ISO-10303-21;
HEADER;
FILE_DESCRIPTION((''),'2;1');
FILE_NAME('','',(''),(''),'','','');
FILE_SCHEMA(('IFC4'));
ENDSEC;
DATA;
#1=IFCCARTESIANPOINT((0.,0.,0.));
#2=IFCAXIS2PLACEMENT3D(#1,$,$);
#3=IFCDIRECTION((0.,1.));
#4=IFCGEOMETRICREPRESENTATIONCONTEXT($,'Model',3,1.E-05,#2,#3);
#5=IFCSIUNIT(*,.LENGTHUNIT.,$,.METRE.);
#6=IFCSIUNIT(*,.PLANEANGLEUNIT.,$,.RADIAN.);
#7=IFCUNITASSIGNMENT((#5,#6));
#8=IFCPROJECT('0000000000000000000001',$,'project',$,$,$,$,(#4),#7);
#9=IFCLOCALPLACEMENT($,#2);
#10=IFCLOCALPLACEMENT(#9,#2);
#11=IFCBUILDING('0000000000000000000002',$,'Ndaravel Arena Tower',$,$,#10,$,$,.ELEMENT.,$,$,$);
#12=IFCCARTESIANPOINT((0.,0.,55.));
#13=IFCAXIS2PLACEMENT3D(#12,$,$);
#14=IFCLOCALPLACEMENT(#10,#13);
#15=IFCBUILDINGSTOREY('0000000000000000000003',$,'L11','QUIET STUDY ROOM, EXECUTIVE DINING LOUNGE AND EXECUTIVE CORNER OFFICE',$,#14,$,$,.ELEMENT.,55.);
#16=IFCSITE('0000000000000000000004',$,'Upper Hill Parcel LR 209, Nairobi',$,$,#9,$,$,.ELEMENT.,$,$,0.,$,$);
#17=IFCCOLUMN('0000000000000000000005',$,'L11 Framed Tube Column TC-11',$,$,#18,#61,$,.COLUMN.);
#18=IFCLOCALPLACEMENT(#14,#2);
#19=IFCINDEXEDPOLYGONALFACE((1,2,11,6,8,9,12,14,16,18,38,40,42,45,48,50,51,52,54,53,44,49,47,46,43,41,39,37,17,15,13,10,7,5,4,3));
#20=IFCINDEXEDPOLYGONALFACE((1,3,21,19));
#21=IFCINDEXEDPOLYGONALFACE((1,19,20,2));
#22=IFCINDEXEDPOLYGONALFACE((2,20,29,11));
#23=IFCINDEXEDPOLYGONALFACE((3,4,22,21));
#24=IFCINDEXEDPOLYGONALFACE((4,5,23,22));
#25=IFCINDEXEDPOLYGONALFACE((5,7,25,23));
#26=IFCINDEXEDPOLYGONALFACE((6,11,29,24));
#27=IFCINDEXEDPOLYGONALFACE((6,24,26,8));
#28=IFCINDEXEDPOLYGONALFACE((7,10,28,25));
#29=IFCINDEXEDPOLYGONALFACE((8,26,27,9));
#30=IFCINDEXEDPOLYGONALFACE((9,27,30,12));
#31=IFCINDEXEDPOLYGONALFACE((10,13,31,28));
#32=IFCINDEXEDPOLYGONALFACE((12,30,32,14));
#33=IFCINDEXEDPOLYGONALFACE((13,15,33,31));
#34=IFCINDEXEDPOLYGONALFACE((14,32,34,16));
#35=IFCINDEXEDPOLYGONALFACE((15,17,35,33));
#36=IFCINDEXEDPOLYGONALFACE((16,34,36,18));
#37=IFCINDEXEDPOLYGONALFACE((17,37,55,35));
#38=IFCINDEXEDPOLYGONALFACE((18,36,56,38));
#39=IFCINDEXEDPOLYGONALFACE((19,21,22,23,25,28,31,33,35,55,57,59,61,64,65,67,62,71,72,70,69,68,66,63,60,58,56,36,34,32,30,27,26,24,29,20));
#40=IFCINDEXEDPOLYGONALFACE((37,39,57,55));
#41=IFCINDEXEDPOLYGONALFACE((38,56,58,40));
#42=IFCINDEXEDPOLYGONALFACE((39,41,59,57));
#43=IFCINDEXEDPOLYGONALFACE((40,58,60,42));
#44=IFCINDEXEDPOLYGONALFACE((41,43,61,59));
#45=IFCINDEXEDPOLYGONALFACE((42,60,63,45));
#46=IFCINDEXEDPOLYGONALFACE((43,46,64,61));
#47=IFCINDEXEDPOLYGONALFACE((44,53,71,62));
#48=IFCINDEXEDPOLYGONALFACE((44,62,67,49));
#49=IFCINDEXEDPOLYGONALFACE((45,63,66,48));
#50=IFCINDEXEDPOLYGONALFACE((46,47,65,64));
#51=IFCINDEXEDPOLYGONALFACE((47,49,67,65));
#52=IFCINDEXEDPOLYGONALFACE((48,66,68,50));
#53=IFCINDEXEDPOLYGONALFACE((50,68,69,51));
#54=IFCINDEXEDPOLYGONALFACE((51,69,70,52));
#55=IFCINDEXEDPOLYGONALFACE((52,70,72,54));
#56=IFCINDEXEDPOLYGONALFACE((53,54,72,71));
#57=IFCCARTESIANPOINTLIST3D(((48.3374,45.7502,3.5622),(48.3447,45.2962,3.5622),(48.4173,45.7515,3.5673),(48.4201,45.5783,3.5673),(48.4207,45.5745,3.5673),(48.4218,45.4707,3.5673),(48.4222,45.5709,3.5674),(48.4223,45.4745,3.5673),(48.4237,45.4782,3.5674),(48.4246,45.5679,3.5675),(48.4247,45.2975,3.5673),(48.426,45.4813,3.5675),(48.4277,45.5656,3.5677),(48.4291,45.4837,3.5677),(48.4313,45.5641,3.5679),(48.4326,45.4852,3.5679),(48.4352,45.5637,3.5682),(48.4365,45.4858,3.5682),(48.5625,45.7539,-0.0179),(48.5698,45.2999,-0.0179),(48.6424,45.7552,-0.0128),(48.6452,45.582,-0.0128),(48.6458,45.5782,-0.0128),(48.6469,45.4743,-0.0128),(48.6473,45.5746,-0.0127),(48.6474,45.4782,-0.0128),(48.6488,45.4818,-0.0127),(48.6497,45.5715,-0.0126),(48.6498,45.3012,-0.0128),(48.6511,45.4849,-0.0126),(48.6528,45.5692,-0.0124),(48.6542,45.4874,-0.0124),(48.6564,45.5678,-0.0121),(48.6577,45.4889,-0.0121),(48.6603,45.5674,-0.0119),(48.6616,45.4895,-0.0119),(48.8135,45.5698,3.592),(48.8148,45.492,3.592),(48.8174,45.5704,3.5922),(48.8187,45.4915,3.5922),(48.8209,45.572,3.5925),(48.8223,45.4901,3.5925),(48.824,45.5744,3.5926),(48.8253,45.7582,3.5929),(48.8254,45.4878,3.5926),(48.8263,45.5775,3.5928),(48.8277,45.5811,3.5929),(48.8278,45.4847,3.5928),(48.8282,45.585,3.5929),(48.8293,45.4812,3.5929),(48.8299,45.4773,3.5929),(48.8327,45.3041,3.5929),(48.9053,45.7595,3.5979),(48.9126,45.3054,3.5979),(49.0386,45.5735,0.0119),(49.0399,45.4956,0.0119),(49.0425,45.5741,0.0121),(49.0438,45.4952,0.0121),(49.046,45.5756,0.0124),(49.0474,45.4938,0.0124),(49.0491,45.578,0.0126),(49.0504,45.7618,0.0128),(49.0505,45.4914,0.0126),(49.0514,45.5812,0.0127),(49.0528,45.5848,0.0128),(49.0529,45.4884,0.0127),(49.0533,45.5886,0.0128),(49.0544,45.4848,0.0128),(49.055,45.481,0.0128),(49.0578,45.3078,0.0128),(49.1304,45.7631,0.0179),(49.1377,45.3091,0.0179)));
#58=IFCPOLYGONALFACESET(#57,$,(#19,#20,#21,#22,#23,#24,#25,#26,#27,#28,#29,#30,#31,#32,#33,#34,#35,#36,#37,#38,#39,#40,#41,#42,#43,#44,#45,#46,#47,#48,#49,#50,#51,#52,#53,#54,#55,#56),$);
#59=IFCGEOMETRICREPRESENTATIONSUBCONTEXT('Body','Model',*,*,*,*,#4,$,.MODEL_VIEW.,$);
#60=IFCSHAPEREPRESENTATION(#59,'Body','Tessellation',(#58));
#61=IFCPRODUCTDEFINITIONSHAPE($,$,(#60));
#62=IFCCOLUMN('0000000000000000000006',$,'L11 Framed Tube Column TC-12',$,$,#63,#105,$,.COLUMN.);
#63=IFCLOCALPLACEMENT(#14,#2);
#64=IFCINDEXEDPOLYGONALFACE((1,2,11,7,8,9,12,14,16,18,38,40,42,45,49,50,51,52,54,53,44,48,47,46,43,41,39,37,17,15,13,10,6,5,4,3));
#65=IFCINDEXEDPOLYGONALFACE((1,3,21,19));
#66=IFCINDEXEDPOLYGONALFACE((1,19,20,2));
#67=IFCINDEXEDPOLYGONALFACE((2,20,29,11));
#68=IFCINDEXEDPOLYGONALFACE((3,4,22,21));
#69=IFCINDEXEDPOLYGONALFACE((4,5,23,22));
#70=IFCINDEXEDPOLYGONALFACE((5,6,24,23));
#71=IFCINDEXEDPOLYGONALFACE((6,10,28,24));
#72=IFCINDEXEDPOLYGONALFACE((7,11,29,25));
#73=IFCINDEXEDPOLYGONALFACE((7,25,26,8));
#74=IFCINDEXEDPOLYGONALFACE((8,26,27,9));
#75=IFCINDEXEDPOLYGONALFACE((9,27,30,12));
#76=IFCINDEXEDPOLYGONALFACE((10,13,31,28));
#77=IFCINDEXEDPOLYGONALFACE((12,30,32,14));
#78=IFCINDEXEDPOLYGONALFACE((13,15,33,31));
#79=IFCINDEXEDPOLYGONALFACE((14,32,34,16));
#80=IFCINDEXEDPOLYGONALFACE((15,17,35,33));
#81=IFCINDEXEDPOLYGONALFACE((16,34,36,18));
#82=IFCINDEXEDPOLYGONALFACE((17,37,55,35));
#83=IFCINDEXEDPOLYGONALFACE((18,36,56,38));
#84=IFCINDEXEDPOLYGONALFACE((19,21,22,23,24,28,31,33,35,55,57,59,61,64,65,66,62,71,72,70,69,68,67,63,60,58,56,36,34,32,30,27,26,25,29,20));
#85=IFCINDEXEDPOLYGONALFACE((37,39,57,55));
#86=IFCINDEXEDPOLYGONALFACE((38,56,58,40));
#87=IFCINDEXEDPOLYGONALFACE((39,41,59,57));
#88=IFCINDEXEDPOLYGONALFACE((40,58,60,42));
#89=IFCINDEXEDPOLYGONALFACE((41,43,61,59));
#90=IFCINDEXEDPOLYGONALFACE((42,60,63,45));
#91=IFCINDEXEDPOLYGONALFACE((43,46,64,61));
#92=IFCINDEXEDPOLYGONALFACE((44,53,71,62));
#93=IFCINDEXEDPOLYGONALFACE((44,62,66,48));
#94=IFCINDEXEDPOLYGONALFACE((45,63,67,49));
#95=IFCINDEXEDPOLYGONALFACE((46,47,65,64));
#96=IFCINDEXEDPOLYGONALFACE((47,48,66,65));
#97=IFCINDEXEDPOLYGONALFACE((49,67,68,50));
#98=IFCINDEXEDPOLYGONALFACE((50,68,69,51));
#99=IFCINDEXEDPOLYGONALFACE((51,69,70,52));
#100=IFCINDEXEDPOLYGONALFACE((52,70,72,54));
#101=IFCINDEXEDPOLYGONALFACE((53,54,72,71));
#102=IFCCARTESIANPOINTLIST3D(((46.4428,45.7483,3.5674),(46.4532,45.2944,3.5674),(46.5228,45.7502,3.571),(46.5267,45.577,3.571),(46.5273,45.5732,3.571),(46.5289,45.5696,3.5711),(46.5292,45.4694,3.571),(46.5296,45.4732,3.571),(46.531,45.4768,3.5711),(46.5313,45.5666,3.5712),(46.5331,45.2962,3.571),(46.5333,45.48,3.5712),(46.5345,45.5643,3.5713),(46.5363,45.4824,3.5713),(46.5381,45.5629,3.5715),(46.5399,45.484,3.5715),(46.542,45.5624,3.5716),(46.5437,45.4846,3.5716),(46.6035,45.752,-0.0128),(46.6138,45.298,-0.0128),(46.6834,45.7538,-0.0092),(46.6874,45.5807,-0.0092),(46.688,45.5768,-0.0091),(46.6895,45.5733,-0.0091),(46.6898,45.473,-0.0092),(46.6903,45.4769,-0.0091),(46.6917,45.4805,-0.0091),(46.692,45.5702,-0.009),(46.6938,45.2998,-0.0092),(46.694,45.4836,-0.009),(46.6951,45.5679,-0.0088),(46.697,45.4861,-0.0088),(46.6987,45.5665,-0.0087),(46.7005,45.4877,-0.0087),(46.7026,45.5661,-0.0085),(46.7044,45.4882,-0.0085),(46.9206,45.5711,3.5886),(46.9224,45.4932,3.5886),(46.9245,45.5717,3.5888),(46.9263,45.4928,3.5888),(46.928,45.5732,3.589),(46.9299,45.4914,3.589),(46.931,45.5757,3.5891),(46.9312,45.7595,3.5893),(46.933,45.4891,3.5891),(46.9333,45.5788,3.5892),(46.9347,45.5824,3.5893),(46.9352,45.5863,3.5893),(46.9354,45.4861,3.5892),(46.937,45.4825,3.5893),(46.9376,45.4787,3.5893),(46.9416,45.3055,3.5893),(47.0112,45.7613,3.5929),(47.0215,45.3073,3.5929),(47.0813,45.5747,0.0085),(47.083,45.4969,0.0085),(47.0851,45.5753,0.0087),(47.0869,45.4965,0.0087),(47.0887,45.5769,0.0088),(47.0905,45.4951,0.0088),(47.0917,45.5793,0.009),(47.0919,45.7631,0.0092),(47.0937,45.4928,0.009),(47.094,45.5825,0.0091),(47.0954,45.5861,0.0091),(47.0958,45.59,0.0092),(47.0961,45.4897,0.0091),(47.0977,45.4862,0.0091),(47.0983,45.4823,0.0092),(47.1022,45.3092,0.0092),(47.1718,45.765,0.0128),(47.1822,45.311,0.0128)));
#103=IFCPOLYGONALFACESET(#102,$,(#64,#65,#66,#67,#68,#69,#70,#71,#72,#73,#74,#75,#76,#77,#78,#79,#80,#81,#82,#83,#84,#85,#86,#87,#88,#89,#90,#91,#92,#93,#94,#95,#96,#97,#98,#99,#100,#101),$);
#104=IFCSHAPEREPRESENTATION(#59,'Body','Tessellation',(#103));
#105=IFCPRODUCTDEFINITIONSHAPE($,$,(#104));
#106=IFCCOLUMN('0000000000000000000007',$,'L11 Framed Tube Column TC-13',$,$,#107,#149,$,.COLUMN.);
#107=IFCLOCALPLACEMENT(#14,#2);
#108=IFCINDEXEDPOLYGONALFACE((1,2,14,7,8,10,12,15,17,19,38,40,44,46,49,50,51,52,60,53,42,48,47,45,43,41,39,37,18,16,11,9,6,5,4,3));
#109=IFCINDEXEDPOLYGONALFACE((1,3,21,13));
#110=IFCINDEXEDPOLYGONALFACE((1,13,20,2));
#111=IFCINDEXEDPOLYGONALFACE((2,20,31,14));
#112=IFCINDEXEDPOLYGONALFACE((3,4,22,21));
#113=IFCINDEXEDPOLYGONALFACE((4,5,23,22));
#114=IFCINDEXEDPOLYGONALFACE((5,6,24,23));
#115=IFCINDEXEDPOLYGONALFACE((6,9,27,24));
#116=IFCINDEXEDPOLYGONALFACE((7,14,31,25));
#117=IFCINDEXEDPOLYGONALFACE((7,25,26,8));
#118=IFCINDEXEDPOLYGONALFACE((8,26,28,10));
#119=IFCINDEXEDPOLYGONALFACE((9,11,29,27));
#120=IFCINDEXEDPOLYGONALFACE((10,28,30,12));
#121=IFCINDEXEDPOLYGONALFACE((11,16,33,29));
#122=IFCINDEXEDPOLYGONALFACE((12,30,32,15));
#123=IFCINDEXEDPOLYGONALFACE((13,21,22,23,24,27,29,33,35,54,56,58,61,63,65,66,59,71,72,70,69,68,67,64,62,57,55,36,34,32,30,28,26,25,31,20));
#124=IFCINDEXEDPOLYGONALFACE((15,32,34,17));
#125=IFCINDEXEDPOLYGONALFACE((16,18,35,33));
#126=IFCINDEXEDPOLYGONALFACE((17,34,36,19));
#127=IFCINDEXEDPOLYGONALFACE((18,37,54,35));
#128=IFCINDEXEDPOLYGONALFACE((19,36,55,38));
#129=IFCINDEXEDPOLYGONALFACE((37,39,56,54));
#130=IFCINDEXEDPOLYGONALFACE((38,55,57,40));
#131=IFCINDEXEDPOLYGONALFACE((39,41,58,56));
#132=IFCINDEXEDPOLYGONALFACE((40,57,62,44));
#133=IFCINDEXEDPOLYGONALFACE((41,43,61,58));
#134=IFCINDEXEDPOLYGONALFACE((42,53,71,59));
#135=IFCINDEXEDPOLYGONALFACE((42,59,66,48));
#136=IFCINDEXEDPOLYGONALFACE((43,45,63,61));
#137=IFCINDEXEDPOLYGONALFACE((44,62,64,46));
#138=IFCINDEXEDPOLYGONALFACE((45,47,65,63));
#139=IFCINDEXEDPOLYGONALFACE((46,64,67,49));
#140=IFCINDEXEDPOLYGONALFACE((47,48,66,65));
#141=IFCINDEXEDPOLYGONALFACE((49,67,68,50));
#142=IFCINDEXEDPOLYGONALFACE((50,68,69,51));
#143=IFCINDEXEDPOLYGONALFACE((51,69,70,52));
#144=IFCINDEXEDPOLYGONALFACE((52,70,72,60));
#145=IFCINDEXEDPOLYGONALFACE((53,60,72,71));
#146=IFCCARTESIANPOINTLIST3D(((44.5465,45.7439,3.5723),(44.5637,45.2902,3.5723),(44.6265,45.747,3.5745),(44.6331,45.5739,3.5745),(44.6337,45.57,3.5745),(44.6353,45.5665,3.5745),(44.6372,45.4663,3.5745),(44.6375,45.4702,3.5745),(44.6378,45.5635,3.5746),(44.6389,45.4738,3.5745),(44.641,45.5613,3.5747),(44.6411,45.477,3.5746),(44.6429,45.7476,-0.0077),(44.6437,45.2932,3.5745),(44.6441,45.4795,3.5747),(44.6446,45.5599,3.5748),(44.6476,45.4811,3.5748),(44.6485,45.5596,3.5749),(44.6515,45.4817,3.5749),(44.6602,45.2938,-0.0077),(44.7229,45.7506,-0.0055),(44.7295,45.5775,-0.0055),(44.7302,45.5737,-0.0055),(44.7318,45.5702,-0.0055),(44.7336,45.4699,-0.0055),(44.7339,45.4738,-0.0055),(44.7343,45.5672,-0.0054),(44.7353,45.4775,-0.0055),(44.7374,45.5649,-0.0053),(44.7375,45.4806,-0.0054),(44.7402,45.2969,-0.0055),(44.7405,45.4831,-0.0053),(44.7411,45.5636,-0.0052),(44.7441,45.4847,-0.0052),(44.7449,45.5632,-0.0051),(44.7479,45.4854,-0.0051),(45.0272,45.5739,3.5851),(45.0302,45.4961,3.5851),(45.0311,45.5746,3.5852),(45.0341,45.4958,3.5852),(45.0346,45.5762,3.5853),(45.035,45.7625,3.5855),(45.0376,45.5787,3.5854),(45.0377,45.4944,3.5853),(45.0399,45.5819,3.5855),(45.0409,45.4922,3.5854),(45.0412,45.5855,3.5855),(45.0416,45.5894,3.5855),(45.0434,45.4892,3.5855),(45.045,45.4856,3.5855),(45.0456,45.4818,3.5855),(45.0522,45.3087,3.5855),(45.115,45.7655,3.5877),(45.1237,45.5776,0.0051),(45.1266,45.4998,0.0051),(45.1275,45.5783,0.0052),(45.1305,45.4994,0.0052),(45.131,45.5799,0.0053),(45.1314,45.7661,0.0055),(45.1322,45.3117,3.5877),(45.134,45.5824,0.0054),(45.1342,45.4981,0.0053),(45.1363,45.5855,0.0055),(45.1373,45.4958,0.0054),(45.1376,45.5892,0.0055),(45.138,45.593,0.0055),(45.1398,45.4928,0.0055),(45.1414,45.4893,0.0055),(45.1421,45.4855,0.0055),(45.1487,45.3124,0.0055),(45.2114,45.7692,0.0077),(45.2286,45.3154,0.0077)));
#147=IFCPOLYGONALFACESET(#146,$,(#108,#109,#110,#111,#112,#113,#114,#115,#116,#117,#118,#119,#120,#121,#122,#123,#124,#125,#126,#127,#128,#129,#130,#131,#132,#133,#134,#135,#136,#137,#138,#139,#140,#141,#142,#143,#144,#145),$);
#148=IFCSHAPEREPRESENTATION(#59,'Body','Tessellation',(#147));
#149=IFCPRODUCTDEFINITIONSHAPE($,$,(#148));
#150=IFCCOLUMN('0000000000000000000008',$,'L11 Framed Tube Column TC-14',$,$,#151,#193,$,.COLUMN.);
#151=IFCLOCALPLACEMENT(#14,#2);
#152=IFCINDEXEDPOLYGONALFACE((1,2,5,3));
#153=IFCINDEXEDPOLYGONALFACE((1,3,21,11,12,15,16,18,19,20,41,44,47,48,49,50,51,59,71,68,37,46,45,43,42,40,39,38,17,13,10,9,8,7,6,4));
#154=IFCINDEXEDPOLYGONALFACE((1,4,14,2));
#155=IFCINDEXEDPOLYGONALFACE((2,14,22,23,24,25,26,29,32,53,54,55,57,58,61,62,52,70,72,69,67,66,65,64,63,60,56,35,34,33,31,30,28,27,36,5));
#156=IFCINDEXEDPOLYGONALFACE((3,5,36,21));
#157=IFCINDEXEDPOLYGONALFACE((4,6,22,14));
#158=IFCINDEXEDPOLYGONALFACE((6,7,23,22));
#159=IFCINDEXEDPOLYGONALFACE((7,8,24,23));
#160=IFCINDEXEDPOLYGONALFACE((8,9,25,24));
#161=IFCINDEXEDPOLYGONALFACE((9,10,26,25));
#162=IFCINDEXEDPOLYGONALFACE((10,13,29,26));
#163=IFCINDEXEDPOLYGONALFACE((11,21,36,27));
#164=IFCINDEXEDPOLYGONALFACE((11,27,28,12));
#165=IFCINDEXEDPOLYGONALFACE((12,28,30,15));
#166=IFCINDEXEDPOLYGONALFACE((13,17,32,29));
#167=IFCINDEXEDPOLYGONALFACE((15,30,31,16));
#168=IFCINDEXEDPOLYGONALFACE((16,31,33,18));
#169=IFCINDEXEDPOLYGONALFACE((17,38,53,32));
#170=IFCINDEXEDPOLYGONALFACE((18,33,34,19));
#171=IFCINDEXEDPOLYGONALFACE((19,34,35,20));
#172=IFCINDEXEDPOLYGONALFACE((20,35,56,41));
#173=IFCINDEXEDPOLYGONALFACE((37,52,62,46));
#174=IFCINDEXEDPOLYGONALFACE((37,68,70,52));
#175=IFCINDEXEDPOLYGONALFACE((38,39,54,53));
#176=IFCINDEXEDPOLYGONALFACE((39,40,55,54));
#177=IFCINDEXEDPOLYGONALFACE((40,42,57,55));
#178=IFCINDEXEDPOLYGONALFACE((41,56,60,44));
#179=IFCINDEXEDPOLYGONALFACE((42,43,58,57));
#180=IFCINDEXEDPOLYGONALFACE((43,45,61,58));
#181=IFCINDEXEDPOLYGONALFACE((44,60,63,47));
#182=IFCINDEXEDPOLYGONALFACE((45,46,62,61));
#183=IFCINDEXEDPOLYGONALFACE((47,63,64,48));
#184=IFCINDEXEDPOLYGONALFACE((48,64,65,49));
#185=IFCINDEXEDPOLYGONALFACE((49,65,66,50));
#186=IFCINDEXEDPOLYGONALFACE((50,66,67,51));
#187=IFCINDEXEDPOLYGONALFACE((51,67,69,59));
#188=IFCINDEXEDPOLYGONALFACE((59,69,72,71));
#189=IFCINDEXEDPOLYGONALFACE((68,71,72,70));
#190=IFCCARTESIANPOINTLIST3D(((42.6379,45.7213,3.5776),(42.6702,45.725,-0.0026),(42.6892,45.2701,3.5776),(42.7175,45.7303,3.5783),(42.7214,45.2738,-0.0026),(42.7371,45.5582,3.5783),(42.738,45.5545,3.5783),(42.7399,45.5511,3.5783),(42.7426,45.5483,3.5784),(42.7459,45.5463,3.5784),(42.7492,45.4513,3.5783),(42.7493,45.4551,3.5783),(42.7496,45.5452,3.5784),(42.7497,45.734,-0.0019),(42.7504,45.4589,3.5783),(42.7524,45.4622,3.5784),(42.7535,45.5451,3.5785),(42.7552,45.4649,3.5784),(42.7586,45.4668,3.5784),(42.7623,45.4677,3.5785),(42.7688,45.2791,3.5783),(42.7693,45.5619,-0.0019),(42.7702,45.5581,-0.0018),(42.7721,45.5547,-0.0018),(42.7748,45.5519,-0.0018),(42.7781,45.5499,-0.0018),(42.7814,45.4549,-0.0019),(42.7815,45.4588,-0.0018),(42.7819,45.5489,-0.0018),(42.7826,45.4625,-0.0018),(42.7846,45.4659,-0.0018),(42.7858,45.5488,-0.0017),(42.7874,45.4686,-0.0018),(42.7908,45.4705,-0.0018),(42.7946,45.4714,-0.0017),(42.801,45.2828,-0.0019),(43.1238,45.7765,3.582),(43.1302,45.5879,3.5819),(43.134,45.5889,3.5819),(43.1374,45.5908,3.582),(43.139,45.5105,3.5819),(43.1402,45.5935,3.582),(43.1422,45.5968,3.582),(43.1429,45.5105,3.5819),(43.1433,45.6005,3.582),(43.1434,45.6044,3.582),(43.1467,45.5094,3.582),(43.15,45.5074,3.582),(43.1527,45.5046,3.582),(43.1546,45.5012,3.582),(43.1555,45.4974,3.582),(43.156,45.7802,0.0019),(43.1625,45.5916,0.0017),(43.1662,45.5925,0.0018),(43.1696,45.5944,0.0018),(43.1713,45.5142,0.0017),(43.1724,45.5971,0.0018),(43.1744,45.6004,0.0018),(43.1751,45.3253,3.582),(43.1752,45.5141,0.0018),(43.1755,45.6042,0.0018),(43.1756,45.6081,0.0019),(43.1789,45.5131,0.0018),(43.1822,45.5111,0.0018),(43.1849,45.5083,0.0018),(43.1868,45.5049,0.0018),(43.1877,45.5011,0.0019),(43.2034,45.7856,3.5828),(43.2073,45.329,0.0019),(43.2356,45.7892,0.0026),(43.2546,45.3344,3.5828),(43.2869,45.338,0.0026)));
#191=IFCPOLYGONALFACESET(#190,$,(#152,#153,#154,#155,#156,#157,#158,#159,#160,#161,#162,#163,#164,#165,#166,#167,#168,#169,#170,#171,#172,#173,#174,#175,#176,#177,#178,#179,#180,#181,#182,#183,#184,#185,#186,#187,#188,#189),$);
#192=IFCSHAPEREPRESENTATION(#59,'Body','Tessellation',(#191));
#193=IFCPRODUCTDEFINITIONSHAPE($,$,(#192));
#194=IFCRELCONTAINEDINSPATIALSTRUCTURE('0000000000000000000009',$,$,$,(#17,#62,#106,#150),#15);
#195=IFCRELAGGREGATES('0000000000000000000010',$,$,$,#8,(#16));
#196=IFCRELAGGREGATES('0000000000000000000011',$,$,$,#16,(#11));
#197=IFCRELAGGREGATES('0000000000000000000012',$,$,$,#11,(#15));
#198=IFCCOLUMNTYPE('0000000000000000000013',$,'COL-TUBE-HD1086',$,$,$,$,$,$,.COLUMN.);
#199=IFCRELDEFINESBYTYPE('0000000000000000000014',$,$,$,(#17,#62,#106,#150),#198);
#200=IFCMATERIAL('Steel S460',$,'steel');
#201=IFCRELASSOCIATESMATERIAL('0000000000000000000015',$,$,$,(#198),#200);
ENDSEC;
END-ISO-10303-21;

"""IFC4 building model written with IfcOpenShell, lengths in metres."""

from ifc_helpers import new_model, si_unit, direction, frame, origin, origin_2d, place, context, subcontext, project, spatial, i_section, extrude, material, material_profile, profile_set, type_object, element, save


model = new_model("IFC4")

# Units and contexts
model_context = context("Model", 3, precision=1e-05, world=origin(), true_north=direction((0.0, 1.0)))
body_context = subcontext(model_context, "Body", "Model", "MODEL_VIEW")
ifc_project = project(units=[si_unit("LENGTHUNIT", "METRE"), si_unit("PLANEANGLEUNIT", "RADIAN")], contexts=[model_context])

# Site, building, storey
site_placement = place(None, origin())
site = spatial("IfcSite", under=ifc_project, at=site_placement, Name="Upper Hill Parcel LR 209, Nairobi", CompositionType="ELEMENT", RefElevation=0.0)
building_placement = place(site_placement, origin())
building = spatial("IfcBuilding", under=site, at=building_placement, Name="Ndaravel Arena Tower", CompositionType="ELEMENT")
storey_placement = place(building_placement, frame((0.0, 0.0, 55.0)))
storey = spatial("IfcBuildingStorey", under=building, at=storey_placement, Name="L11", Description="QUIET STUDY ROOM, EXECUTIVE DINING LOUNGE AND EXECUTIVE CORNER OFFICE", CompositionType="ELEMENT", Elevation=55.0)

# Columns
ifc_material_1 = material(Name="Steel S460", Category="steel")
ifc_material_profile_1 = material_profile(ifc_material_1, i_section(OverallWidth=0.4541, OverallDepth=0.5691, WebThickness=0.0779, FlangeThickness=0.0801, FilletRadius=0.0149, at=origin_2d()), Name="HD 400x1086")
ifc_profile_set_1 = profile_set([ifc_material_profile_1], Name="Steel S460")
column_type = type_object("IfcColumnType", Name="COL-TUBE-HD1086", PredefinedType="COLUMN", material=ifc_profile_set_1)
column_1_placement = place(storey_placement, frame((48.8501, 45.5315, 0.0), z_axis=(-0.062751, -0.001021, 0.998029), x_axis=(0.016267, -0.999868, 0.0)))
element("IfcColumn", 1, at=column_1_placement, inside=storey, type_object=column_type, Name="L11 Framed Tube Column TC-11", PredefinedType="COLUMN", context=body_context, shape_type="SweptSolid", body=[
    extrude(i_section(OverallWidth=0.4541, OverallDepth=0.5691, WebThickness=0.0779, FlangeThickness=0.0801, FilletRadius=0.0149, at=origin_2d()), origin(), (0.0, 0.0, 1.0), 3.5872),
])
column_2_placement = place(storey_placement, frame((46.8928, 45.5315, 0.0), z_axis=(-0.044827, -0.001022, 0.998994), x_axis=(0.02279, -0.99974, 0.0)))
element("IfcColumn", 2, at=column_2_placement, inside=storey, type_object=column_type, Name="L11 Framed Tube Column TC-12", PredefinedType="COLUMN", context=body_context, shape_type="SweptSolid", body=[
    extrude(i_section(OverallWidth=0.4541, OverallDepth=0.5691, WebThickness=0.0779, FlangeThickness=0.0801, FilletRadius=0.0149, at=origin_2d()), origin(), (0.0, 0.0, 1.0), 3.5837),
])
column_3_placement = place(storey_placement, frame((44.9358, 45.5315, 0.0), z_axis=(-0.026927, -0.001023, 0.999637), x_axis=(0.037947, -0.99928, 0.0)))
element("IfcColumn", 3, at=column_3_placement, inside=storey, type_object=column_type, Name="L11 Framed Tube Column TC-13", PredefinedType="COLUMN", context=body_context, shape_type="SweptSolid", body=[
    extrude(i_section(OverallWidth=0.4541, OverallDepth=0.5691, WebThickness=0.0779, FlangeThickness=0.0801, FilletRadius=0.0149, at=origin_2d()), origin(), (0.0, 0.0, 1.0), 3.5813),
])
column_4_placement = place(storey_placement, frame((42.9785, 45.5315, 0.0), z_axis=(-0.009001, -0.001023, 0.999959), x_axis=(0.11291, -0.993605, 0.0)))
element("IfcColumn", 4, at=column_4_placement, inside=storey, type_object=column_type, Name="L11 Framed Tube Column TC-14", PredefinedType="COLUMN", context=body_context, shape_type="SweptSolid", body=[
    extrude(i_section(OverallWidth=0.4541, OverallDepth=0.5691, WebThickness=0.0779, FlangeThickness=0.0801, FilletRadius=0.0149, at=origin_2d()), origin(), (0.0, 0.0, 1.0), 3.5803),
])

save(model, "model.ifc")
